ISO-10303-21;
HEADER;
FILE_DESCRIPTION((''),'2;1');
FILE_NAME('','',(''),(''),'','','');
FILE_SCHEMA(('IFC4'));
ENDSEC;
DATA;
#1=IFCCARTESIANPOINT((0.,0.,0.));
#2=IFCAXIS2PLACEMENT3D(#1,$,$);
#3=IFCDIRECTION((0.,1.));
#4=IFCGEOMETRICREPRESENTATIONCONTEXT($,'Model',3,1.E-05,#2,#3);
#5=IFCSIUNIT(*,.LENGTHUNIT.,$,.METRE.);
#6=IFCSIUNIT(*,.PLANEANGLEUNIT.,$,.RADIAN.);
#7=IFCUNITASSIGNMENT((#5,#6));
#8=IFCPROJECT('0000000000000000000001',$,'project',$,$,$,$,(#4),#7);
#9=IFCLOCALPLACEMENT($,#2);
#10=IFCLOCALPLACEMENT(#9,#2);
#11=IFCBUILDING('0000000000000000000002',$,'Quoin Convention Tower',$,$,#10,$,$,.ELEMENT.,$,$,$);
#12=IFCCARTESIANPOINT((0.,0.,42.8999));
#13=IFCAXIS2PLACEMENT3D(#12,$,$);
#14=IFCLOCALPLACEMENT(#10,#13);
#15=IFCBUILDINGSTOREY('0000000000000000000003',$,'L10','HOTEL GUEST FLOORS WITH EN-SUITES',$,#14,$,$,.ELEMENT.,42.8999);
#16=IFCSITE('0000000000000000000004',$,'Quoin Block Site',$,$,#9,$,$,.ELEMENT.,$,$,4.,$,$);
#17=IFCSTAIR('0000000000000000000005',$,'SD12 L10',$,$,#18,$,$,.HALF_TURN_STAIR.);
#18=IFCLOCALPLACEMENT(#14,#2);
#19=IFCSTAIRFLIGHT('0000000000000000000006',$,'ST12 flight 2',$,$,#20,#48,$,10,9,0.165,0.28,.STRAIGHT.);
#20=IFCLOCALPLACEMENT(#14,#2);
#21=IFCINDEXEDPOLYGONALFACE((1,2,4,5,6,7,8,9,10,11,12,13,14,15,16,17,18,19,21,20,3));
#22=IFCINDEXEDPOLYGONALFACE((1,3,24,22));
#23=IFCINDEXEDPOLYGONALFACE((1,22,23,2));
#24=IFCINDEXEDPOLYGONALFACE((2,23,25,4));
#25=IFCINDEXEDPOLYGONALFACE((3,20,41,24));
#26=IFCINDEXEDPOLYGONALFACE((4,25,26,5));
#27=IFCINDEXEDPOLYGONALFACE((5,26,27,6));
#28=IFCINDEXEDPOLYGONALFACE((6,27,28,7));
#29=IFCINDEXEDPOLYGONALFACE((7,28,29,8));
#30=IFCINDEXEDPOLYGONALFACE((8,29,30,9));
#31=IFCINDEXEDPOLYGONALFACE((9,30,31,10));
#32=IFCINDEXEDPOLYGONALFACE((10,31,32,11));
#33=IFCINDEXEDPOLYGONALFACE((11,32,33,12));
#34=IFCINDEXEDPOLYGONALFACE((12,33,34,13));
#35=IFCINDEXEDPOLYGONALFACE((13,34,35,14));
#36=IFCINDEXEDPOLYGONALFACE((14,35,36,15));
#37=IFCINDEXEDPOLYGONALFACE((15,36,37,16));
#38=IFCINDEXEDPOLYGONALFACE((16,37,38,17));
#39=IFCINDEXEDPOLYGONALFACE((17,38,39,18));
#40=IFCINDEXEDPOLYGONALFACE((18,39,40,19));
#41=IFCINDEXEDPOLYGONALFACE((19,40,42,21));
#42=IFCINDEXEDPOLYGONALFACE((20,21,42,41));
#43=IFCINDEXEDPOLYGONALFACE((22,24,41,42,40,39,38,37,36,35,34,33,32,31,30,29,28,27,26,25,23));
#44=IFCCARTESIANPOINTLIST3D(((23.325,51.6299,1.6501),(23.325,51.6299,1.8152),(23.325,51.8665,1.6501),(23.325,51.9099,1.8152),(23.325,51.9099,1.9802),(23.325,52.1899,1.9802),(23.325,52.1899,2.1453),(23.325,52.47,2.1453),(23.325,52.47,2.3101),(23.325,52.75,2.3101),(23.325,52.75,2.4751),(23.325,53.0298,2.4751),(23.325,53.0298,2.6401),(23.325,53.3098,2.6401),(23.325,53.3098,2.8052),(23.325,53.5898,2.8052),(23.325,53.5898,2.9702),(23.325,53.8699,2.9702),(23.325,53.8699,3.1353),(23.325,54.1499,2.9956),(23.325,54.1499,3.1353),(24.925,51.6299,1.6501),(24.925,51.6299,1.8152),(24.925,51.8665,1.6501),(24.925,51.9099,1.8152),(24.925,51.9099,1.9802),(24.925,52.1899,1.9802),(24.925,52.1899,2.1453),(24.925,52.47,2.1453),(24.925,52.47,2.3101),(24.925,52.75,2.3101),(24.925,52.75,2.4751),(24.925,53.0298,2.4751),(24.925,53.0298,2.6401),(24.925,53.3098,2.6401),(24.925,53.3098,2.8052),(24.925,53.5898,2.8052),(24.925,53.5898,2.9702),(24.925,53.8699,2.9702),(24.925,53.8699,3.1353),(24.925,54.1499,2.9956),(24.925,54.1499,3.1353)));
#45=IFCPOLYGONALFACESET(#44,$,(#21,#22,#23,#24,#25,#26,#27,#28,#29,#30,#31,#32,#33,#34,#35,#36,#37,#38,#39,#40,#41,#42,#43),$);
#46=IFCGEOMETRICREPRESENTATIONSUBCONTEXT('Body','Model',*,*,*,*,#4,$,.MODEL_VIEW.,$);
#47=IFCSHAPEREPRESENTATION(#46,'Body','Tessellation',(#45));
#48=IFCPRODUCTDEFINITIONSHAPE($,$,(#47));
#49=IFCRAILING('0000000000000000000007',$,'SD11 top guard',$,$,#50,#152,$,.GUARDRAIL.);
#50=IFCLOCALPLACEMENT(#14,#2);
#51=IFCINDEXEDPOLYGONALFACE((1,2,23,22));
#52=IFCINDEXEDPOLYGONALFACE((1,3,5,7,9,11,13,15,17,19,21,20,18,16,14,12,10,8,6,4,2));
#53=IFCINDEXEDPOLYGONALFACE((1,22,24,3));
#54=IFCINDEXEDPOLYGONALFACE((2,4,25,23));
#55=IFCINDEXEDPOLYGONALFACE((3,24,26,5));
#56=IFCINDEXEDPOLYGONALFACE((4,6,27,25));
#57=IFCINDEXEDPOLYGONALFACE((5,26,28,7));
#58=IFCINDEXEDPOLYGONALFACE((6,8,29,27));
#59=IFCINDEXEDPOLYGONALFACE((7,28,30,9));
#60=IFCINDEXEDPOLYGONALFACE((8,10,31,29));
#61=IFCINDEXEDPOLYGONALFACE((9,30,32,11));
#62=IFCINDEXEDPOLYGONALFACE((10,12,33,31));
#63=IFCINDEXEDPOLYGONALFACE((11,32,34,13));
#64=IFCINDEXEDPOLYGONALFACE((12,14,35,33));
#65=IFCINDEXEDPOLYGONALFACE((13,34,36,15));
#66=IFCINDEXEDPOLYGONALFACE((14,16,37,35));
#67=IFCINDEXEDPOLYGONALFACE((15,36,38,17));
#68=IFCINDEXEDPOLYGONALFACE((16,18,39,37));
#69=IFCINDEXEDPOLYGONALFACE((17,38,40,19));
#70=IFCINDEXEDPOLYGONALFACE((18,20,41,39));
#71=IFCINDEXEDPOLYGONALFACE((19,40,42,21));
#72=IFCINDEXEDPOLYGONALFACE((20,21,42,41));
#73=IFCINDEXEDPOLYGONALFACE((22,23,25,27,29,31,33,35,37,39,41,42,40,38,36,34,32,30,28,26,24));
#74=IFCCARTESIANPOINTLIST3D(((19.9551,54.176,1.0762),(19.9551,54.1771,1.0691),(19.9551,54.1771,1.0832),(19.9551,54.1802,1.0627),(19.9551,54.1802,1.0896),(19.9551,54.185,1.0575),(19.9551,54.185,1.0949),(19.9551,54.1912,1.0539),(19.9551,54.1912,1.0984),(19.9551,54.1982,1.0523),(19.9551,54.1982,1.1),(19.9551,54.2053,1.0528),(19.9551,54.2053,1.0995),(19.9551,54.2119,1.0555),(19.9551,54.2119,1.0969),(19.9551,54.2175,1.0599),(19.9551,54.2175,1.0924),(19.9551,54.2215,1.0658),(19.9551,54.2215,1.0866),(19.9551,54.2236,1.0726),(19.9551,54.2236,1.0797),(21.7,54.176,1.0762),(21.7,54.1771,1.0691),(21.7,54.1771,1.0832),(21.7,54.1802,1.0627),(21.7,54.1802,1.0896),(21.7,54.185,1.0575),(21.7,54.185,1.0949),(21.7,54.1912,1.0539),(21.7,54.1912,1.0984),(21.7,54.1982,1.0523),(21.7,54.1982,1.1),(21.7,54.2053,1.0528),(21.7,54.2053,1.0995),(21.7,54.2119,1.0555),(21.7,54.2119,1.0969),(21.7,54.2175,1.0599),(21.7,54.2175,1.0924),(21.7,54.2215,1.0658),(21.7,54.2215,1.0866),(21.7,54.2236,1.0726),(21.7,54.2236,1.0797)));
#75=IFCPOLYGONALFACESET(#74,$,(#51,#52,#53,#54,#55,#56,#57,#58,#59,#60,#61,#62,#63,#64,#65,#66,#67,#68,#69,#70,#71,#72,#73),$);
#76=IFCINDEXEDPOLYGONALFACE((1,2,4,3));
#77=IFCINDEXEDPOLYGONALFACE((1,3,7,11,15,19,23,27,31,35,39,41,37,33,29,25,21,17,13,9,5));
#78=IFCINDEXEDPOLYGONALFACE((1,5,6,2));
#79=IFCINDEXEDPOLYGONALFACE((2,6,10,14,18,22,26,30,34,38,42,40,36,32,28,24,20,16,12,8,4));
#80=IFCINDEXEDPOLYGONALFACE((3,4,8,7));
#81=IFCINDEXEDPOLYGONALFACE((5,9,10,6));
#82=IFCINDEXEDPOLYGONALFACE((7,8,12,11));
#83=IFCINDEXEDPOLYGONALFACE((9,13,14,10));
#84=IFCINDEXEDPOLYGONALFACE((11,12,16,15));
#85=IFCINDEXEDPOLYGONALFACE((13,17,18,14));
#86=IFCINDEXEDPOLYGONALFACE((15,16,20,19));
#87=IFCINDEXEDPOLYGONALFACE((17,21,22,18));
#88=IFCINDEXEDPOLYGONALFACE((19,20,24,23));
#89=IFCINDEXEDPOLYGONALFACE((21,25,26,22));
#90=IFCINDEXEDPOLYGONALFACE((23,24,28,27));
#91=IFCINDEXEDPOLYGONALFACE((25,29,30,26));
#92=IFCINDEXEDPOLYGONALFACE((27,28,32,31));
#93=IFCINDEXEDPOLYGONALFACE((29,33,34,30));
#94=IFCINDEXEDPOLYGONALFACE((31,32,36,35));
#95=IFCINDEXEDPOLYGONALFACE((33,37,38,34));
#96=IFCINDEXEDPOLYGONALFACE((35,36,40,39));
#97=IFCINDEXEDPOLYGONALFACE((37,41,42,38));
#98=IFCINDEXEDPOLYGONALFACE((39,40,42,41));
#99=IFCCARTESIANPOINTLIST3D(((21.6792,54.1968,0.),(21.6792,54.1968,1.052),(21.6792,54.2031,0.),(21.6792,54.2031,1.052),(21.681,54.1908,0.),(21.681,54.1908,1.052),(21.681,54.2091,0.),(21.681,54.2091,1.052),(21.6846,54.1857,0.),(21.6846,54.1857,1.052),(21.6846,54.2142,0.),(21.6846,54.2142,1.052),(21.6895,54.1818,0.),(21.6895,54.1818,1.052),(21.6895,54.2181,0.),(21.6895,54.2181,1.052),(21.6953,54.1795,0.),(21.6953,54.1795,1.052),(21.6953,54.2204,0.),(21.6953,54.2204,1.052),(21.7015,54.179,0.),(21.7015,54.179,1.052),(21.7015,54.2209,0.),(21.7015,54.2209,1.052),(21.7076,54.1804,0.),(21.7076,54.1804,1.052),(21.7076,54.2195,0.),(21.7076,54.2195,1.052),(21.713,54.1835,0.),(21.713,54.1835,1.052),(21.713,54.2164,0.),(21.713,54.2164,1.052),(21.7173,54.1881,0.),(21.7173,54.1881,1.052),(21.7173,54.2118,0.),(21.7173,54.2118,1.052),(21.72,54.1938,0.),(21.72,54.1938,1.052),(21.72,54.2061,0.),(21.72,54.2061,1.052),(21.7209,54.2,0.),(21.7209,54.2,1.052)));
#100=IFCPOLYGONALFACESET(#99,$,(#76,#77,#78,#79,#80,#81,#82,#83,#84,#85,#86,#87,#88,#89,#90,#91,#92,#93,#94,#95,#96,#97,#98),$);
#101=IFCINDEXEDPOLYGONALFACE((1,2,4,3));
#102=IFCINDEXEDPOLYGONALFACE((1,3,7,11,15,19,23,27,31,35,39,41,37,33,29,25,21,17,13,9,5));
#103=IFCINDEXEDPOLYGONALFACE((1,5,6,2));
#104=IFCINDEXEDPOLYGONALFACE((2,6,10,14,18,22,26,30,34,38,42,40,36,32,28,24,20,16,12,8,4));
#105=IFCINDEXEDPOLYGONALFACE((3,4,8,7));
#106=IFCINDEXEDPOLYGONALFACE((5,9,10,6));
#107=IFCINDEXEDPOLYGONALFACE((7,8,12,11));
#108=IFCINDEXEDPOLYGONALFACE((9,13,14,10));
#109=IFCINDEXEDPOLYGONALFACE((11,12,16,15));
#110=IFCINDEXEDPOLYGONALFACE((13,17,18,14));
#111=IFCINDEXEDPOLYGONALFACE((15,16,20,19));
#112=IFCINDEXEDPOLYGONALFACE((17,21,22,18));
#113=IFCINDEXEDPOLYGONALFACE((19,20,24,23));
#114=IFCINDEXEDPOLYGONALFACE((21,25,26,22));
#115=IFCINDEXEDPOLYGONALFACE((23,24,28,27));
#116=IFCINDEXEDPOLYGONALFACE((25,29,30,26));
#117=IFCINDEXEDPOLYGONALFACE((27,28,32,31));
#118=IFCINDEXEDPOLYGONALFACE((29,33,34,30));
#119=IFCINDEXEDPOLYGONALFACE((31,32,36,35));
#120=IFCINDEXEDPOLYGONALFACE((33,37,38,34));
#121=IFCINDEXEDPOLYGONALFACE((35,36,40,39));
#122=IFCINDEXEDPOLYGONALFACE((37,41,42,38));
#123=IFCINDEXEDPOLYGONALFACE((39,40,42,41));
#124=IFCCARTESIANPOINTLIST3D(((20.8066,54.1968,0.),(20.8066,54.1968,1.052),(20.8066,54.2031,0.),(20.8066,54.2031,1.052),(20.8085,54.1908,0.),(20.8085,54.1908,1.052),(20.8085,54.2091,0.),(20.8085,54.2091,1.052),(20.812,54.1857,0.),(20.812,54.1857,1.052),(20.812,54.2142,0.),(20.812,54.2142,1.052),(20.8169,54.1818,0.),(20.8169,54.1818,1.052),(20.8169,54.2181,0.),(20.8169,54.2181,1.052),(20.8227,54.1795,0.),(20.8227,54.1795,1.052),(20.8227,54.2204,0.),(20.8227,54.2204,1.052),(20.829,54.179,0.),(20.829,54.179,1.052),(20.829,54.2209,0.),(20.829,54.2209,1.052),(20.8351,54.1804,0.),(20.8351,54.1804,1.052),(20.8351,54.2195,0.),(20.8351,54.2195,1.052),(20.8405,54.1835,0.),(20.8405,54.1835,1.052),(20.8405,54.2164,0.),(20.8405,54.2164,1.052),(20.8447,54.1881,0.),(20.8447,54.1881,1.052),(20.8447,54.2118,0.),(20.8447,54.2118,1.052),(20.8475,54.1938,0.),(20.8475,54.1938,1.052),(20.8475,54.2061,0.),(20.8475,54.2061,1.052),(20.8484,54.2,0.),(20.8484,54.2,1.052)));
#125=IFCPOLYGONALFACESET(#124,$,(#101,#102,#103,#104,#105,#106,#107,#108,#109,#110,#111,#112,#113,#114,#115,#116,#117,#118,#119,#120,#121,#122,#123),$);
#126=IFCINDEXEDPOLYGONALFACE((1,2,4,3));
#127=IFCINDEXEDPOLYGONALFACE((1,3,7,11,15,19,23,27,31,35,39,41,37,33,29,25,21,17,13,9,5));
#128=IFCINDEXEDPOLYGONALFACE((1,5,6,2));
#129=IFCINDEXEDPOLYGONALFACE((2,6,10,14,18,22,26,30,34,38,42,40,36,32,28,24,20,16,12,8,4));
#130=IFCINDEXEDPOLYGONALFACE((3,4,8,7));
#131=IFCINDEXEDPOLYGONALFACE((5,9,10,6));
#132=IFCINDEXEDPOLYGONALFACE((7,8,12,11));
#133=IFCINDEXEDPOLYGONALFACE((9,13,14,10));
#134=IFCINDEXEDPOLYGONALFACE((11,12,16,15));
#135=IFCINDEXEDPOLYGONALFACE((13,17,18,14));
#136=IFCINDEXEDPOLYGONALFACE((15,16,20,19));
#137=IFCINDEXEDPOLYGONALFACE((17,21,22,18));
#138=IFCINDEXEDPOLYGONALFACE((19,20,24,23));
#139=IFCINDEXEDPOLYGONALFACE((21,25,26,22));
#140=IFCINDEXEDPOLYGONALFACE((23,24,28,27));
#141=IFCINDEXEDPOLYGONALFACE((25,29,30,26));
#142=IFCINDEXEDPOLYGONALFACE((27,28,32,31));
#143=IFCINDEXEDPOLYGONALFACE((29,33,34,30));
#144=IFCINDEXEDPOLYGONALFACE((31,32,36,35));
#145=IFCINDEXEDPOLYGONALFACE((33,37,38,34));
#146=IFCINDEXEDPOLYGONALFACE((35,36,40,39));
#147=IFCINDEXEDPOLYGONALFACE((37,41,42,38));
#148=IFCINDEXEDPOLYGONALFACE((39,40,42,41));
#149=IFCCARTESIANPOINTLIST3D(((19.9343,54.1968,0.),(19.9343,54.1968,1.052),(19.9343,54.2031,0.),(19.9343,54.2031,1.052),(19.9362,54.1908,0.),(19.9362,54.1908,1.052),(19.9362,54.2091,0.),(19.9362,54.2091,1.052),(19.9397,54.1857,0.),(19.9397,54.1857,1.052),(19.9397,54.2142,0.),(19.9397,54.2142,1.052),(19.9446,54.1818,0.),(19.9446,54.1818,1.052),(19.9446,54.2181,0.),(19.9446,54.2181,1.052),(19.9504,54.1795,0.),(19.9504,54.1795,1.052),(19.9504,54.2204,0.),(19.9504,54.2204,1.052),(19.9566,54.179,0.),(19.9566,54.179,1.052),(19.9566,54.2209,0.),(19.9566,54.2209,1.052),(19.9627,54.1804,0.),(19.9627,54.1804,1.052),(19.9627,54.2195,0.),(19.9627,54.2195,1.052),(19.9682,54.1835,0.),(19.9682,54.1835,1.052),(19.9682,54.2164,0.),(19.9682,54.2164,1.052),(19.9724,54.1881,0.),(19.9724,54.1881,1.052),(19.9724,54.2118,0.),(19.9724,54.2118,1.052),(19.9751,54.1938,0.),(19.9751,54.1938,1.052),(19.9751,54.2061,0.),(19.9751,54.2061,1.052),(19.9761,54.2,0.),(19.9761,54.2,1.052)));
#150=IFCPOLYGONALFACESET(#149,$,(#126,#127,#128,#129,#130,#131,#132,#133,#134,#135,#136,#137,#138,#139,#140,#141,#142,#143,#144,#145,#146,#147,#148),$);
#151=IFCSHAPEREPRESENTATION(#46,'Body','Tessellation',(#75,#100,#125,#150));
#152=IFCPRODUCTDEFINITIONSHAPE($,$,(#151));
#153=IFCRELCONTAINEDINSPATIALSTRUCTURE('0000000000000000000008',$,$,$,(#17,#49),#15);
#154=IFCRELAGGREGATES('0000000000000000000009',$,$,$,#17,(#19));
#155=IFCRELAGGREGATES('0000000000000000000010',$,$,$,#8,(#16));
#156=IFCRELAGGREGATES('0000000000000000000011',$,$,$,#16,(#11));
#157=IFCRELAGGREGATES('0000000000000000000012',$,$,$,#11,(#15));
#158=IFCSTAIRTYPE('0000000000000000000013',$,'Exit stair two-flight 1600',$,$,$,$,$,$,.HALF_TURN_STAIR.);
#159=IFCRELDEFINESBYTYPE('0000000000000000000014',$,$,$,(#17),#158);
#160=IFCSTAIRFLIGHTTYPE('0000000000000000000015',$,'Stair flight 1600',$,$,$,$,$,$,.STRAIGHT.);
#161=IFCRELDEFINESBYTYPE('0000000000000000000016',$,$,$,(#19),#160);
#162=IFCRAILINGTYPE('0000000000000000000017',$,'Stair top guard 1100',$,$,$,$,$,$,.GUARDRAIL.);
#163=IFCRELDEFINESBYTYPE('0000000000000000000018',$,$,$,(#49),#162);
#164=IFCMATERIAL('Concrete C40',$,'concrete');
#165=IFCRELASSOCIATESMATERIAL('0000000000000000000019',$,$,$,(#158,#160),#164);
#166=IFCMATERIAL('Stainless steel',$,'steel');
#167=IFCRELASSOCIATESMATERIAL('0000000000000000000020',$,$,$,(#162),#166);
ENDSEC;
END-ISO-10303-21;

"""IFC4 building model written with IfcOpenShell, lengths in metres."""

from ifc_helpers import new_model, si_unit, direction, frame, origin, origin_2d, place, context, subcontext, project, spatial, polyline, circle, outline, extrude, material, type_object, element, aggregate, save


model = new_model("IFC4")

# Units and contexts
model_context = context("Model", 3, precision=1e-05, world=origin(), true_north=direction((0.0, 1.0)))
body_context = subcontext(model_context, "Body", "Model", "MODEL_VIEW")
ifc_project = project(units=[si_unit("LENGTHUNIT", "METRE"), si_unit("PLANEANGLEUNIT", "RADIAN")], contexts=[model_context])

# Site, building, storey
site_placement = place(None, origin())
site = spatial("IfcSite", under=ifc_project, at=site_placement, Name="Quoin Block Site", CompositionType="ELEMENT", RefElevation=4.0)
building_placement = place(site_placement, origin())
building = spatial("IfcBuilding", under=site, at=building_placement, Name="Quoin Convention Tower", CompositionType="ELEMENT")
storey_placement = place(building_placement, frame((0.0, 0.0, 42.8999)))
storey = spatial("IfcBuildingStorey", under=building, at=storey_placement, Name="L10", Description="HOTEL GUEST FLOORS WITH EN-SUITES", CompositionType="ELEMENT", Elevation=42.8999)

# Stair, stair flight
ifc_material_1 = material(Name="Concrete C40", Category="concrete")
stair_type = type_object("IfcStairType", Name="Exit stair two-flight 1600", PredefinedType="HALF_TURN_STAIR", material=ifc_material_1)
stair_flight_type = type_object("IfcStairFlightType", Name="Stair flight 1600", PredefinedType="STRAIGHT", material=ifc_material_1)
stair_1_placement = place(storey_placement, origin())
stair_1 = element("IfcStair", 1, at=stair_1_placement, inside=storey, type_object=stair_type, Name="SD12 L10", PredefinedType="HALF_TURN_STAIR")
stair_flight_1_placement = place(storey_placement, frame((24.125, 51.6299, 1.6501), z_axis=(0.0, 0.0, 1.0), x_axis=(0.0, 1.0, 0.0)))
stair_flight_1 = element("IfcStairFlight", 2, at=stair_flight_1_placement, type_object=stair_flight_type, Name="ST12 flight 2", NumberOfRisers=10, NumberOfTreads=9, PredefinedType="STRAIGHT", RiserHeight=0.165, TreadLength=0.28, context=body_context, shape_type="SweptSolid", body=[
    extrude(outline(polyline([(0.0, 0.0), (0.0, 0.165), (0.28, 0.165), (0.28, 0.3301), (0.5601, 0.3301), (0.5601, 0.4951), (0.8401, 0.4951), (0.8401, 0.6599), (1.1201, 0.6599), (1.1201, 0.825), (1.3999, 0.825), (1.3999, 0.99), (1.6799, 0.99), (1.6799, 1.155), (1.96, 1.155), (1.96, 1.3201), (2.24, 1.3201), (2.24, 1.4851), (2.52, 1.4851), (2.52, 1.6499), (2.52, 1.3455), (0.2366, 0.0), (0.0, 0.0)])), frame((0.0, 0.8, 0.0), z_axis=(0.0, -1.0, 0.0), x_axis=(1.0, 0.0, 0.0)), (0.0, 0.0, 1.0), 1.6001),
])
aggregate(stair_1, [stair_flight_1])

# Railing
ifc_material_2 = material(Name="Stainless steel", Category="steel")
railing_type_1 = type_object("IfcRailingType", Name="Stair top guard 1100", PredefinedType="GUARDRAIL", material=ifc_material_2)
for number, where, name in (
    (3, (21.7, 54.2, 0.0), "SD11 top guard"),
):
    element("IfcRailing", number, at=place(storey_placement, frame(where)), inside=storey, type_object=railing_type_1, Name=name, PredefinedType="GUARDRAIL", context=body_context, shape_type="SweptSolid", body=[
        extrude(circle(Radius=0.0239, at=origin_2d()), frame((0.0, 0.0, 1.0762), z_axis=(-1.0, 0.0, 0.0), x_axis=(0.0, -1.0, 0.0)), (0.0, 0.0, 1.0), 1.7449),
        extrude(circle(Radius=0.021, at=origin_2d()), origin(), (0.0, 0.0, 1.0), 1.052),
        extrude(circle(Radius=0.021, at=origin_2d()), frame((-0.8726, 0.0, 0.0)), (0.0, 0.0, 1.0), 1.052),
        extrude(circle(Radius=0.021, at=origin_2d()), frame((-1.7449, 0.0, 0.0)), (0.0, 0.0, 1.0), 1.052),
    ])

save(model, "model.ifc")
